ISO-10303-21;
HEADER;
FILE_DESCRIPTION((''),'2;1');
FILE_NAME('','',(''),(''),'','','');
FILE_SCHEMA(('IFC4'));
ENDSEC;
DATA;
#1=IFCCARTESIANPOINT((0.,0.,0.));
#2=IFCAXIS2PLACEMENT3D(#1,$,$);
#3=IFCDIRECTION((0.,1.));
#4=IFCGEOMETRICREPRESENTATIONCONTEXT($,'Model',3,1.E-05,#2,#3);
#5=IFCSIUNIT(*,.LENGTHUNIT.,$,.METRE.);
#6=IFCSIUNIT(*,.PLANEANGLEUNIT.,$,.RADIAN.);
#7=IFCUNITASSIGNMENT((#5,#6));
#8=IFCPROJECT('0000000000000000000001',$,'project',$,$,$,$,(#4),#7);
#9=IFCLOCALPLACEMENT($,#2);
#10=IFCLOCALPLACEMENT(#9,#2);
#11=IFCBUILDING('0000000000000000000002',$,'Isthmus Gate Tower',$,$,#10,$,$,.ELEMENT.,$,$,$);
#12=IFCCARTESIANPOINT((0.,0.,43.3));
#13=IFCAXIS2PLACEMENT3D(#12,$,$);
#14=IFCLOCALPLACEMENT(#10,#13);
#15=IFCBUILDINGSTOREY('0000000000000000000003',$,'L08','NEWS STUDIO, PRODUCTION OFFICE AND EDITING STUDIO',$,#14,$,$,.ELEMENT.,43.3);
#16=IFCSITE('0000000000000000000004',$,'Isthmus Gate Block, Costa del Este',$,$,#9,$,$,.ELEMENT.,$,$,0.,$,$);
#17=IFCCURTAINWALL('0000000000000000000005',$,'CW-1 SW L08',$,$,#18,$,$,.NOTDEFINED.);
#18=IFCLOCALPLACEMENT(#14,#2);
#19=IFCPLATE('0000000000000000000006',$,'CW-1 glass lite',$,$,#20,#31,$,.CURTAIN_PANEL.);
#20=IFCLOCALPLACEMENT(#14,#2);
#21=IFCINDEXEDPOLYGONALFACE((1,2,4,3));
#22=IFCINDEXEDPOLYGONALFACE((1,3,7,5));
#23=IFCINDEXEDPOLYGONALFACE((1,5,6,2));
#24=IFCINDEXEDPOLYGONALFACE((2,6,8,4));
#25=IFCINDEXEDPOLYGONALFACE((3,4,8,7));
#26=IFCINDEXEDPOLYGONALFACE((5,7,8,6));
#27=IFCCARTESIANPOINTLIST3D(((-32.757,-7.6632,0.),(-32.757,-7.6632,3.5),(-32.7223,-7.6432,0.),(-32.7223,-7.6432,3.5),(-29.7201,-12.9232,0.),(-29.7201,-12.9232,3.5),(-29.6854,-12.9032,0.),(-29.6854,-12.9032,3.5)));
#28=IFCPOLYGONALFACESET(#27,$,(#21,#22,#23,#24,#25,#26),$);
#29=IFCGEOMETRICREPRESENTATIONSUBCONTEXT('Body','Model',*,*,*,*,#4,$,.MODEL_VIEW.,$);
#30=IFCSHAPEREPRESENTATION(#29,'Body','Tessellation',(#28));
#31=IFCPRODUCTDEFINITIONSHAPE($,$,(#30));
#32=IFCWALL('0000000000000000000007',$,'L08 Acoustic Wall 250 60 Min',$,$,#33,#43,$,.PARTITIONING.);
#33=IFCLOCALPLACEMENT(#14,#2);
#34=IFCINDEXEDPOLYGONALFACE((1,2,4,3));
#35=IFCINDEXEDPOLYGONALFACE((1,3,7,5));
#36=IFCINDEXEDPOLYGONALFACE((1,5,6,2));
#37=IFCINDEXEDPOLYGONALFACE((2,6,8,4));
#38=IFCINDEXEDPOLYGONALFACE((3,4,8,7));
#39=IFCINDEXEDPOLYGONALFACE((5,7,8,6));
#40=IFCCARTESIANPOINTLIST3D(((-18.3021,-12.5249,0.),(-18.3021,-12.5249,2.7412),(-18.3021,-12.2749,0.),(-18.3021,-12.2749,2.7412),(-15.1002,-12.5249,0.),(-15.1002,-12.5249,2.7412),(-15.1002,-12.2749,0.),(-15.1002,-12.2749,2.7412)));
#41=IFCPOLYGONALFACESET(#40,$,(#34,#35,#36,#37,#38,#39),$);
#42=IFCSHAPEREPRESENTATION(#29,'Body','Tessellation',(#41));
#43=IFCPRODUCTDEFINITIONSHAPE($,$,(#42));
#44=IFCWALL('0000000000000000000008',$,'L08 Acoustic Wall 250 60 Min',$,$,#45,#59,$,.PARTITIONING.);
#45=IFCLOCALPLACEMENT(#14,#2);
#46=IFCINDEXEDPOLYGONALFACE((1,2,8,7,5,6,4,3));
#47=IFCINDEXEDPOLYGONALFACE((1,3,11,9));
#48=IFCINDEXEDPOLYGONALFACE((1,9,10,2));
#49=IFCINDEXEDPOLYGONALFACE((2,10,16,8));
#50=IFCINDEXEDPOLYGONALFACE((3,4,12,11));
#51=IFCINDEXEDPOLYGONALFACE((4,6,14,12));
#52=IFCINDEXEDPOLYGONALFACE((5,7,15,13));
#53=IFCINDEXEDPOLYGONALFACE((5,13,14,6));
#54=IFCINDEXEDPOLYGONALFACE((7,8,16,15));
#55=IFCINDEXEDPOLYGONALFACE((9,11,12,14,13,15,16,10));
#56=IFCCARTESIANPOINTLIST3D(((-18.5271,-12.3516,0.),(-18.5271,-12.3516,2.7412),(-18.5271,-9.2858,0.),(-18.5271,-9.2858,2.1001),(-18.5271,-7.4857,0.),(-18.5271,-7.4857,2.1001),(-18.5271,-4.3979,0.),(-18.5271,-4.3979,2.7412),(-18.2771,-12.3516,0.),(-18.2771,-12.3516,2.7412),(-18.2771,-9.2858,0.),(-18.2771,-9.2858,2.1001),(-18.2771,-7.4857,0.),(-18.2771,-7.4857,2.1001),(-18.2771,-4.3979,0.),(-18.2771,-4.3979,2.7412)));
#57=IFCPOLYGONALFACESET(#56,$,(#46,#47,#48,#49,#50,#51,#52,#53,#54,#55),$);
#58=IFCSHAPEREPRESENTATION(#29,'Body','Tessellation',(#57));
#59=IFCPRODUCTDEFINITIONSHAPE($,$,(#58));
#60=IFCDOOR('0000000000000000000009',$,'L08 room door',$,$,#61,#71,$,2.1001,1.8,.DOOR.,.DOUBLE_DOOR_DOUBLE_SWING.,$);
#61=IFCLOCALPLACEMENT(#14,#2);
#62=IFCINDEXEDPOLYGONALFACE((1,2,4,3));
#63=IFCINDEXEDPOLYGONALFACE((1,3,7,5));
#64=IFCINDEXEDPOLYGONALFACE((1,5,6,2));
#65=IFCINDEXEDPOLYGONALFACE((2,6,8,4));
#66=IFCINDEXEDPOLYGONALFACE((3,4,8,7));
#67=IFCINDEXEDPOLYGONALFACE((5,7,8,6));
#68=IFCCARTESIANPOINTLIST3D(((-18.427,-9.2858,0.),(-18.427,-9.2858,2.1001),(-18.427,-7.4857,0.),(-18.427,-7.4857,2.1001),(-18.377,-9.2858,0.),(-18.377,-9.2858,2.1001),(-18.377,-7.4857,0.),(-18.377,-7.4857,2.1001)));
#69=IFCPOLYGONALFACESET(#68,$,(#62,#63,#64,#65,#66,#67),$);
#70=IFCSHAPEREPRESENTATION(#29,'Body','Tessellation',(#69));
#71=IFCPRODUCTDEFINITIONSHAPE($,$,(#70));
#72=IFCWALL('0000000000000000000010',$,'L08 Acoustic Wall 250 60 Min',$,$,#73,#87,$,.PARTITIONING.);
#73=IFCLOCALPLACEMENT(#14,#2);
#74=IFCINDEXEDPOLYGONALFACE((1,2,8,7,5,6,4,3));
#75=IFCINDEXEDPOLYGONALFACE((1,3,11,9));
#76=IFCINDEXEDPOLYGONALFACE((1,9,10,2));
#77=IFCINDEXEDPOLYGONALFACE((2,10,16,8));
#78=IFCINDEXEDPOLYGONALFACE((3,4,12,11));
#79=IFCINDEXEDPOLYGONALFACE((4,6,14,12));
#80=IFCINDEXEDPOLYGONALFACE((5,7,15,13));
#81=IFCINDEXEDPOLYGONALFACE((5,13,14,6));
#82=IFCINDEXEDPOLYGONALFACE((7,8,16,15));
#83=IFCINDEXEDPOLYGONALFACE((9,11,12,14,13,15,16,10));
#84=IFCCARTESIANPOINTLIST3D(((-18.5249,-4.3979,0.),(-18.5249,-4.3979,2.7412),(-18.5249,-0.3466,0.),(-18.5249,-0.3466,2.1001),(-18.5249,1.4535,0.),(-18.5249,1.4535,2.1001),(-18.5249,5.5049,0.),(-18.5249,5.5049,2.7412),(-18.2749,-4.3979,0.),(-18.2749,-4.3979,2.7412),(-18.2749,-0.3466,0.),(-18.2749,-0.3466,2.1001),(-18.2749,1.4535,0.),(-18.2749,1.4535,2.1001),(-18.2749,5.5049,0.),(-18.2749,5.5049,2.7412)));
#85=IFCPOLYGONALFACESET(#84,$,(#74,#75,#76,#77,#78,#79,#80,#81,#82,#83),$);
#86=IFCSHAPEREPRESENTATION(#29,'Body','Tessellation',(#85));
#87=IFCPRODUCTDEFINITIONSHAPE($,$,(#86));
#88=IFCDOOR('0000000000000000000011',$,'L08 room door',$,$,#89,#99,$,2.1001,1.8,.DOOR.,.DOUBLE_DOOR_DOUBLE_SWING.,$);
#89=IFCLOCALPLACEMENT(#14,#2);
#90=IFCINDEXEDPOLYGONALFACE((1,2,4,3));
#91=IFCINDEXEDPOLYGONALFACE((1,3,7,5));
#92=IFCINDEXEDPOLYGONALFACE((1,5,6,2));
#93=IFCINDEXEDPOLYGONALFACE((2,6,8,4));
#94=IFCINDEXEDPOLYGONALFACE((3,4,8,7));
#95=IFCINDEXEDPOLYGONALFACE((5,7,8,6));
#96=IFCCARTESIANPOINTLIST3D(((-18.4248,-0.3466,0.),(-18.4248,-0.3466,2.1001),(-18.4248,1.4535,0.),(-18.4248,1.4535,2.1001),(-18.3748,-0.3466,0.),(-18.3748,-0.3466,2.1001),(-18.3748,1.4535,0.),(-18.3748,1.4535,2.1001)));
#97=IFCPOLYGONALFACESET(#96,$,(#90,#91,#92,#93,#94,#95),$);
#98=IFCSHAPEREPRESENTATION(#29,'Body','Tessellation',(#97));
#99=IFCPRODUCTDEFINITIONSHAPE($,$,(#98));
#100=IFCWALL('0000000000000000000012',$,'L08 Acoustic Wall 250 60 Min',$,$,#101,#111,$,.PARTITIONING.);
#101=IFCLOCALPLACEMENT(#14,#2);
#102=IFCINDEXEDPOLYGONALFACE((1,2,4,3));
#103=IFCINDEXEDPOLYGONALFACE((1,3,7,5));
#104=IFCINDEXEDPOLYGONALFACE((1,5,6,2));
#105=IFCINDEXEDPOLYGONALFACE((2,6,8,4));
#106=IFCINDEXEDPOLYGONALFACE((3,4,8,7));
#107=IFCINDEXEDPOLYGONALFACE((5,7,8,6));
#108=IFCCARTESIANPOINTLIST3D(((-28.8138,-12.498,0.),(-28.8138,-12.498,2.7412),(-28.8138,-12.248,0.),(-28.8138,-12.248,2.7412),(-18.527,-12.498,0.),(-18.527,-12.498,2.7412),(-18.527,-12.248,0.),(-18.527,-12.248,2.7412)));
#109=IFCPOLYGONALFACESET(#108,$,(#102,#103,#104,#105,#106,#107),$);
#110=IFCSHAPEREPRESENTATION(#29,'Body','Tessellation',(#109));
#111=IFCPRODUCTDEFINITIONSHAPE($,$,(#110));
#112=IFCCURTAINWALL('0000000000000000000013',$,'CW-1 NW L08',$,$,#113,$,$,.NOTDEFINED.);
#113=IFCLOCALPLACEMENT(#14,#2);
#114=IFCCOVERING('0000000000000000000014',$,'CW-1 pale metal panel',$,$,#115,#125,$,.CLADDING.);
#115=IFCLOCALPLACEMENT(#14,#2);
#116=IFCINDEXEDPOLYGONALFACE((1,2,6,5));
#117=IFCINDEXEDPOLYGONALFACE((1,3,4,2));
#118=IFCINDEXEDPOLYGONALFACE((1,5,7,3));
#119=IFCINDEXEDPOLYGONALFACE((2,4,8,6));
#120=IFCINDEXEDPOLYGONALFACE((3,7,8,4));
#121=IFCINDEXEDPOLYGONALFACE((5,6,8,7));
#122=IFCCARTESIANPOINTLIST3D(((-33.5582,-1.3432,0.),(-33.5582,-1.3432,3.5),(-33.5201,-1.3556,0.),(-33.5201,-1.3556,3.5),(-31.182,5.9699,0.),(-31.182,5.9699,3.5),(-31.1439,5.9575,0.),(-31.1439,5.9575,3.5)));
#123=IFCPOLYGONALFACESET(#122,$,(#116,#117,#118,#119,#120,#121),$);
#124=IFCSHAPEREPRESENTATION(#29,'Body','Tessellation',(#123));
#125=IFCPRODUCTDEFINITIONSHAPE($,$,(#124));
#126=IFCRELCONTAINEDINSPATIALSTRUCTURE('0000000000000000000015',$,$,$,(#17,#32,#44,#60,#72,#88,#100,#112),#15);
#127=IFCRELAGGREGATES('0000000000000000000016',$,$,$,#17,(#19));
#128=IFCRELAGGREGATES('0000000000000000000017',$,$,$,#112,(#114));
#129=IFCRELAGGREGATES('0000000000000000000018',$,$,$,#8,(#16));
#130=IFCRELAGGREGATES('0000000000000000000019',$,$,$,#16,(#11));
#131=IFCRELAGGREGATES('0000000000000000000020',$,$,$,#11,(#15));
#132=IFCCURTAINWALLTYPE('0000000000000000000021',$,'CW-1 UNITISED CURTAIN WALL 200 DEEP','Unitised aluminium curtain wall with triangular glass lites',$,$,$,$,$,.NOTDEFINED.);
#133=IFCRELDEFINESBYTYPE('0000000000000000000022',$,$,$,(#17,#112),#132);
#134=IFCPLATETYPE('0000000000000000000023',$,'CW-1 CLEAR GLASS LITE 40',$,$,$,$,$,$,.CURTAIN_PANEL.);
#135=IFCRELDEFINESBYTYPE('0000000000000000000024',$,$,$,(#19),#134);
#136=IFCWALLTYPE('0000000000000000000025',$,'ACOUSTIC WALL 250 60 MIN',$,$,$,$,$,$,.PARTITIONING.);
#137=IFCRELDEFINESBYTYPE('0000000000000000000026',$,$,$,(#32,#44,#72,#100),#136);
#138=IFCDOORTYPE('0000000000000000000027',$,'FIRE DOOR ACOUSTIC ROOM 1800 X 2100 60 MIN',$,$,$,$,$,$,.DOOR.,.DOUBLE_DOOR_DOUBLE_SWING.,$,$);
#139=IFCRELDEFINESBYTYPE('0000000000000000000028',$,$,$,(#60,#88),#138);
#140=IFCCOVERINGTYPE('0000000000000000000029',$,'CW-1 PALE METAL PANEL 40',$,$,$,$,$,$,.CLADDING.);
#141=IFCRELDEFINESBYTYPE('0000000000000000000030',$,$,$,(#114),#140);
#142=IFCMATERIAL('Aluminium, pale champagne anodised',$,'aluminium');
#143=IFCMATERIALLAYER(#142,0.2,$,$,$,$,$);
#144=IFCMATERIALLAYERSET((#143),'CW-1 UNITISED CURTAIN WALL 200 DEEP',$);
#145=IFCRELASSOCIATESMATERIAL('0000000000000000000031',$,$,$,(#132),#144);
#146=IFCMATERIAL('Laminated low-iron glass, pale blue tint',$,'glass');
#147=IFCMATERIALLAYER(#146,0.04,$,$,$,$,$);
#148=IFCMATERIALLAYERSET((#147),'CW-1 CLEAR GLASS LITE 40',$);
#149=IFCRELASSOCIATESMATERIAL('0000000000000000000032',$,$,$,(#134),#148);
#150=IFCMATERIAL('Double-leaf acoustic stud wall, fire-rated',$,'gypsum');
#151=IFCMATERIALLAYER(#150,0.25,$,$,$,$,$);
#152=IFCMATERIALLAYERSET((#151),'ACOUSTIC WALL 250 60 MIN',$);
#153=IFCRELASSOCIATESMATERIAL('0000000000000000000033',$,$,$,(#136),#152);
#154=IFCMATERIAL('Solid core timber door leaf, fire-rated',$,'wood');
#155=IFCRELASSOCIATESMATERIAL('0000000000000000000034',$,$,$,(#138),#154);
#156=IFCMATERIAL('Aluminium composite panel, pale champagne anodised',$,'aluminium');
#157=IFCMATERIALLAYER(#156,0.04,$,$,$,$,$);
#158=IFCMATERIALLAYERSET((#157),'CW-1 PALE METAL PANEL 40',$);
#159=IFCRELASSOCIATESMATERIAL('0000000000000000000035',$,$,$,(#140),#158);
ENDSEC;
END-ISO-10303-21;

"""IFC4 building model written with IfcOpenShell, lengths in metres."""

from ifc_helpers import new_model, si_unit, direction, frame, frame_2d, origin, origin_2d, place, context, subcontext, project, spatial, rectangle, extrude, material, layer, layer_set, type_object, element, fill, aggregate, save


model = new_model("IFC4")

# Units and contexts
model_context = context("Model", 3, precision=1e-05, world=origin(), true_north=direction((0.0, 1.0)))
body_context = subcontext(model_context, "Body", "Model", "MODEL_VIEW")
ifc_project = project(units=[si_unit("LENGTHUNIT", "METRE"), si_unit("PLANEANGLEUNIT", "RADIAN")], contexts=[model_context])

# Site, building, storey
site_placement = place(None, origin())
site = spatial("IfcSite", under=ifc_project, at=site_placement, Name="Isthmus Gate Block, Costa del Este", CompositionType="ELEMENT", RefElevation=0.0)
building_placement = place(site_placement, origin())
building = spatial("IfcBuilding", under=site, at=building_placement, Name="Isthmus Gate Tower", CompositionType="ELEMENT")
storey_placement = place(building_placement, frame((0.0, 0.0, 43.3)))
storey = spatial("IfcBuildingStorey", under=building, at=storey_placement, Name="L08", Description="NEWS STUDIO, PRODUCTION OFFICE AND EDITING STUDIO", CompositionType="ELEMENT", Elevation=43.3)

# Curtain wall
ifc_material_1 = material(Name="Aluminium, pale champagne anodised", Category="aluminium")
ifc_layer_1 = layer(ifc_material_1, 0.2)
ifc_layer_set_1 = layer_set([ifc_layer_1], Name="CW-1 UNITISED CURTAIN WALL 200 DEEP")
curtain_wall_type = type_object("IfcCurtainWallType", Name="CW-1 UNITISED CURTAIN WALL 200 DEEP", Description="Unitised aluminium curtain wall with triangular glass lites", PredefinedType="NOTDEFINED", material=ifc_layer_set_1)
curtain_wall_1_placement = place(storey_placement, origin())
curtain_wall_1 = element("IfcCurtainWall", 1, at=curtain_wall_1_placement, inside=storey, type_object=curtain_wall_type, Name="CW-1 SW L08", PredefinedType="NOTDEFINED")

# Plate
ifc_material_2 = material(Name="Laminated low-iron glass, pale blue tint", Category="glass")
ifc_layer_2 = layer(ifc_material_2, 0.04)
ifc_layer_set_2 = layer_set([ifc_layer_2], Name="CW-1 CLEAR GLASS LITE 40")
plate_type = type_object("IfcPlateType", Name="CW-1 CLEAR GLASS LITE 40", PredefinedType="CURTAIN_PANEL", material=ifc_layer_set_2)
plate_1_placement = place(storey_placement, frame((-31.2212, -10.2832, 0.0), z_axis=(0.0, 0.0, 1.0), x_axis=(0.5, -0.866025, 0.0)))
plate_1 = element("IfcPlate", 2, at=plate_1_placement, type_object=plate_type, Name="CW-1 glass lite", PredefinedType="CURTAIN_PANEL", context=body_context, shape_type="SweptSolid", body=[
    extrude(rectangle(XDim=6.0737, YDim=0.04, at=origin_2d()), origin(), (0.0, 0.0, 1.0), 3.5),
])
aggregate(curtain_wall_1, [plate_1])

# Wall
ifc_material_3 = material(Name="Double-leaf acoustic stud wall, fire-rated", Category="gypsum")
ifc_layer_3 = layer(ifc_material_3, 0.25)
ifc_layer_set_3 = layer_set([ifc_layer_3], Name="ACOUSTIC WALL 250 60 MIN")
wall_type = type_object("IfcWallType", Name="ACOUSTIC WALL 250 60 MIN", PredefinedType="PARTITIONING", material=ifc_layer_set_3)
wall_1_placement = place(storey_placement, frame((-15.1001, -12.3999, 0.0), z_axis=(0.0, 0.0, 1.0), x_axis=(-1.0, 0.0, 0.0)))
element("IfcWall", 3, at=wall_1_placement, inside=storey, type_object=wall_type, Name="L08 Acoustic Wall 250 60 Min", PredefinedType="PARTITIONING", context=body_context, shape_type="SweptSolid", body=[
    extrude(rectangle(XDim=3.2019, YDim=0.25, at=frame_2d((1.6011, 0.0))), origin(), (0.0, 0.0, 1.0), 2.7412),
])

# Walls, openings, doors
wall_2_placement = place(storey_placement, frame((-18.4021, -12.3516, 0.0), z_axis=(0.0, 0.0, 1.0), x_axis=(0.0, 1.0, 0.0)))
wall_2 = element("IfcWall", 4, at=wall_2_placement, inside=storey, type_object=wall_type, Name="L08 Acoustic Wall 250 60 Min", PredefinedType="PARTITIONING", context=body_context, shape_type="SweptSolid", body=[
    extrude(rectangle(XDim=7.9536, YDim=0.25, at=frame_2d((3.9768, 0.0))), origin(), (0.0, 0.0, 1.0), 2.7412),
])
opening_1_placement = place(wall_2_placement, frame((3.0659, 0.0, 0.0)))
opening_1 = element("IfcOpeningElement", 5, at=opening_1_placement, cuts=wall_2, PredefinedType="OPENING", context=body_context, shape_type="SweptSolid", body=[
    extrude(rectangle(XDim=1.8, YDim=2.1001, at=frame_2d((0.8999, 1.05))), frame((0.0, 0.135, 0.0), z_axis=(0.0, -1.0, 0.0), x_axis=(1.0, 0.0, 0.0)), (0.0, 0.0, 1.0), 0.27),
])
ifc_material_4 = material(Name="Solid core timber door leaf, fire-rated", Category="wood")
door_type = type_object("IfcDoorType", Name="FIRE DOOR ACOUSTIC ROOM 1800 X 2100 60 MIN", OperationType="DOUBLE_DOOR_DOUBLE_SWING", PredefinedType="DOOR", material=ifc_material_4)
door_1_placement = place(opening_1_placement, origin())
door_1 = element("IfcDoor", 6, at=door_1_placement, inside=storey, type_object=door_type, Name="L08 room door", OperationType="DOUBLE_DOOR_DOUBLE_SWING", OverallHeight=2.1001, OverallWidth=1.8, PredefinedType="DOOR", context=body_context, shape_type="SweptSolid", body=[
    extrude(rectangle(XDim=1.8, YDim=2.1001, at=frame_2d((0.8999, 1.05))), frame((0.0, 0.0249, 0.0), z_axis=(0.0, -1.0, 0.0), x_axis=(1.0, 0.0, 0.0)), (0.0, 0.0, 1.0), 0.05),
])
fill(opening_1, door_1)
wall_3_placement = place(storey_placement, frame((-18.3999, -4.3979, 0.0), z_axis=(0.0, 0.0, 1.0), x_axis=(0.0, 1.0, 0.0)))
wall_3 = element("IfcWall", 7, at=wall_3_placement, inside=storey, type_object=wall_type, Name="L08 Acoustic Wall 250 60 Min", PredefinedType="PARTITIONING", context=body_context, shape_type="SweptSolid", body=[
    extrude(rectangle(XDim=9.9028, YDim=0.25, at=frame_2d((4.9514, 0.0))), origin(), (0.0, 0.0, 1.0), 2.7412),
])
opening_2_placement = place(wall_3_placement, frame((4.0515, 0.0, 0.0)))
opening_2 = element("IfcOpeningElement", 8, at=opening_2_placement, cuts=wall_3, PredefinedType="OPENING", context=body_context, shape_type="SweptSolid", body=[
    extrude(rectangle(XDim=1.8, YDim=2.1001, at=frame_2d((0.8999, 1.05))), frame((0.0, 0.135, 0.0), z_axis=(0.0, -1.0, 0.0), x_axis=(1.0, 0.0, 0.0)), (0.0, 0.0, 1.0), 0.27),
])
door_2_placement = place(opening_2_placement, origin())
door_2 = element("IfcDoor", 9, at=door_2_placement, inside=storey, type_object=door_type, Name="L08 room door", OperationType="DOUBLE_DOOR_DOUBLE_SWING", OverallHeight=2.1001, OverallWidth=1.8, PredefinedType="DOOR", context=body_context, shape_type="SweptSolid", body=[
    extrude(rectangle(XDim=1.8, YDim=2.1001, at=frame_2d((0.8999, 1.05))), frame((0.0, 0.0249, 0.0), z_axis=(0.0, -1.0, 0.0), x_axis=(1.0, 0.0, 0.0)), (0.0, 0.0, 1.0), 0.05),
])
fill(opening_2, door_2)

# Wall
wall_4_placement = place(storey_placement, frame((-28.814, -12.373, 0.0), z_axis=(0.0, 0.0, 1.0), x_axis=(1.0, 0.0, 0.0)))
element("IfcWall", 10, at=wall_4_placement, inside=storey, type_object=wall_type, Name="L08 Acoustic Wall 250 60 Min", PredefinedType="PARTITIONING", context=body_context, shape_type="SweptSolid", body=[
    extrude(rectangle(XDim=10.2869, YDim=0.25, at=frame_2d((5.1436, 0.0))), origin(), (0.0, 0.0, 1.0), 2.7412),
])

# Curtain wall, covering
curtain_wall_2_placement = place(storey_placement, origin())
curtain_wall_2 = element("IfcCurtainWall", 11, at=curtain_wall_2_placement, inside=storey, type_object=curtain_wall_type, Name="CW-1 NW L08", PredefinedType="NOTDEFINED")
ifc_material_5 = material(Name="Aluminium composite panel, pale champagne anodised", Category="aluminium")
ifc_layer_4 = layer(ifc_material_5, 0.04)
ifc_layer_set_4 = layer_set([ifc_layer_4], Name="CW-1 PALE METAL PANEL 40")
covering_type = type_object("IfcCoveringType", Name="CW-1 PALE METAL PANEL 40", PredefinedType="CLADDING", material=ifc_layer_set_4)
covering_placement = place(storey_placement, frame((-32.3511, 2.3071, 0.0), z_axis=(0.0, 0.0, 1.0), x_axis=(-0.309017, -0.951057, 0.0)))
covering = element("IfcCovering", 12, at=covering_placement, type_object=covering_type, Name="CW-1 pale metal panel", PredefinedType="CLADDING", context=body_context, shape_type="SweptSolid", body=[
    extrude(rectangle(XDim=7.6895, YDim=0.04, at=origin_2d()), origin(), (0.0, 0.0, 1.0), 3.5),
])
aggregate(curtain_wall_2, [covering])

save(model, "model.ifc")
